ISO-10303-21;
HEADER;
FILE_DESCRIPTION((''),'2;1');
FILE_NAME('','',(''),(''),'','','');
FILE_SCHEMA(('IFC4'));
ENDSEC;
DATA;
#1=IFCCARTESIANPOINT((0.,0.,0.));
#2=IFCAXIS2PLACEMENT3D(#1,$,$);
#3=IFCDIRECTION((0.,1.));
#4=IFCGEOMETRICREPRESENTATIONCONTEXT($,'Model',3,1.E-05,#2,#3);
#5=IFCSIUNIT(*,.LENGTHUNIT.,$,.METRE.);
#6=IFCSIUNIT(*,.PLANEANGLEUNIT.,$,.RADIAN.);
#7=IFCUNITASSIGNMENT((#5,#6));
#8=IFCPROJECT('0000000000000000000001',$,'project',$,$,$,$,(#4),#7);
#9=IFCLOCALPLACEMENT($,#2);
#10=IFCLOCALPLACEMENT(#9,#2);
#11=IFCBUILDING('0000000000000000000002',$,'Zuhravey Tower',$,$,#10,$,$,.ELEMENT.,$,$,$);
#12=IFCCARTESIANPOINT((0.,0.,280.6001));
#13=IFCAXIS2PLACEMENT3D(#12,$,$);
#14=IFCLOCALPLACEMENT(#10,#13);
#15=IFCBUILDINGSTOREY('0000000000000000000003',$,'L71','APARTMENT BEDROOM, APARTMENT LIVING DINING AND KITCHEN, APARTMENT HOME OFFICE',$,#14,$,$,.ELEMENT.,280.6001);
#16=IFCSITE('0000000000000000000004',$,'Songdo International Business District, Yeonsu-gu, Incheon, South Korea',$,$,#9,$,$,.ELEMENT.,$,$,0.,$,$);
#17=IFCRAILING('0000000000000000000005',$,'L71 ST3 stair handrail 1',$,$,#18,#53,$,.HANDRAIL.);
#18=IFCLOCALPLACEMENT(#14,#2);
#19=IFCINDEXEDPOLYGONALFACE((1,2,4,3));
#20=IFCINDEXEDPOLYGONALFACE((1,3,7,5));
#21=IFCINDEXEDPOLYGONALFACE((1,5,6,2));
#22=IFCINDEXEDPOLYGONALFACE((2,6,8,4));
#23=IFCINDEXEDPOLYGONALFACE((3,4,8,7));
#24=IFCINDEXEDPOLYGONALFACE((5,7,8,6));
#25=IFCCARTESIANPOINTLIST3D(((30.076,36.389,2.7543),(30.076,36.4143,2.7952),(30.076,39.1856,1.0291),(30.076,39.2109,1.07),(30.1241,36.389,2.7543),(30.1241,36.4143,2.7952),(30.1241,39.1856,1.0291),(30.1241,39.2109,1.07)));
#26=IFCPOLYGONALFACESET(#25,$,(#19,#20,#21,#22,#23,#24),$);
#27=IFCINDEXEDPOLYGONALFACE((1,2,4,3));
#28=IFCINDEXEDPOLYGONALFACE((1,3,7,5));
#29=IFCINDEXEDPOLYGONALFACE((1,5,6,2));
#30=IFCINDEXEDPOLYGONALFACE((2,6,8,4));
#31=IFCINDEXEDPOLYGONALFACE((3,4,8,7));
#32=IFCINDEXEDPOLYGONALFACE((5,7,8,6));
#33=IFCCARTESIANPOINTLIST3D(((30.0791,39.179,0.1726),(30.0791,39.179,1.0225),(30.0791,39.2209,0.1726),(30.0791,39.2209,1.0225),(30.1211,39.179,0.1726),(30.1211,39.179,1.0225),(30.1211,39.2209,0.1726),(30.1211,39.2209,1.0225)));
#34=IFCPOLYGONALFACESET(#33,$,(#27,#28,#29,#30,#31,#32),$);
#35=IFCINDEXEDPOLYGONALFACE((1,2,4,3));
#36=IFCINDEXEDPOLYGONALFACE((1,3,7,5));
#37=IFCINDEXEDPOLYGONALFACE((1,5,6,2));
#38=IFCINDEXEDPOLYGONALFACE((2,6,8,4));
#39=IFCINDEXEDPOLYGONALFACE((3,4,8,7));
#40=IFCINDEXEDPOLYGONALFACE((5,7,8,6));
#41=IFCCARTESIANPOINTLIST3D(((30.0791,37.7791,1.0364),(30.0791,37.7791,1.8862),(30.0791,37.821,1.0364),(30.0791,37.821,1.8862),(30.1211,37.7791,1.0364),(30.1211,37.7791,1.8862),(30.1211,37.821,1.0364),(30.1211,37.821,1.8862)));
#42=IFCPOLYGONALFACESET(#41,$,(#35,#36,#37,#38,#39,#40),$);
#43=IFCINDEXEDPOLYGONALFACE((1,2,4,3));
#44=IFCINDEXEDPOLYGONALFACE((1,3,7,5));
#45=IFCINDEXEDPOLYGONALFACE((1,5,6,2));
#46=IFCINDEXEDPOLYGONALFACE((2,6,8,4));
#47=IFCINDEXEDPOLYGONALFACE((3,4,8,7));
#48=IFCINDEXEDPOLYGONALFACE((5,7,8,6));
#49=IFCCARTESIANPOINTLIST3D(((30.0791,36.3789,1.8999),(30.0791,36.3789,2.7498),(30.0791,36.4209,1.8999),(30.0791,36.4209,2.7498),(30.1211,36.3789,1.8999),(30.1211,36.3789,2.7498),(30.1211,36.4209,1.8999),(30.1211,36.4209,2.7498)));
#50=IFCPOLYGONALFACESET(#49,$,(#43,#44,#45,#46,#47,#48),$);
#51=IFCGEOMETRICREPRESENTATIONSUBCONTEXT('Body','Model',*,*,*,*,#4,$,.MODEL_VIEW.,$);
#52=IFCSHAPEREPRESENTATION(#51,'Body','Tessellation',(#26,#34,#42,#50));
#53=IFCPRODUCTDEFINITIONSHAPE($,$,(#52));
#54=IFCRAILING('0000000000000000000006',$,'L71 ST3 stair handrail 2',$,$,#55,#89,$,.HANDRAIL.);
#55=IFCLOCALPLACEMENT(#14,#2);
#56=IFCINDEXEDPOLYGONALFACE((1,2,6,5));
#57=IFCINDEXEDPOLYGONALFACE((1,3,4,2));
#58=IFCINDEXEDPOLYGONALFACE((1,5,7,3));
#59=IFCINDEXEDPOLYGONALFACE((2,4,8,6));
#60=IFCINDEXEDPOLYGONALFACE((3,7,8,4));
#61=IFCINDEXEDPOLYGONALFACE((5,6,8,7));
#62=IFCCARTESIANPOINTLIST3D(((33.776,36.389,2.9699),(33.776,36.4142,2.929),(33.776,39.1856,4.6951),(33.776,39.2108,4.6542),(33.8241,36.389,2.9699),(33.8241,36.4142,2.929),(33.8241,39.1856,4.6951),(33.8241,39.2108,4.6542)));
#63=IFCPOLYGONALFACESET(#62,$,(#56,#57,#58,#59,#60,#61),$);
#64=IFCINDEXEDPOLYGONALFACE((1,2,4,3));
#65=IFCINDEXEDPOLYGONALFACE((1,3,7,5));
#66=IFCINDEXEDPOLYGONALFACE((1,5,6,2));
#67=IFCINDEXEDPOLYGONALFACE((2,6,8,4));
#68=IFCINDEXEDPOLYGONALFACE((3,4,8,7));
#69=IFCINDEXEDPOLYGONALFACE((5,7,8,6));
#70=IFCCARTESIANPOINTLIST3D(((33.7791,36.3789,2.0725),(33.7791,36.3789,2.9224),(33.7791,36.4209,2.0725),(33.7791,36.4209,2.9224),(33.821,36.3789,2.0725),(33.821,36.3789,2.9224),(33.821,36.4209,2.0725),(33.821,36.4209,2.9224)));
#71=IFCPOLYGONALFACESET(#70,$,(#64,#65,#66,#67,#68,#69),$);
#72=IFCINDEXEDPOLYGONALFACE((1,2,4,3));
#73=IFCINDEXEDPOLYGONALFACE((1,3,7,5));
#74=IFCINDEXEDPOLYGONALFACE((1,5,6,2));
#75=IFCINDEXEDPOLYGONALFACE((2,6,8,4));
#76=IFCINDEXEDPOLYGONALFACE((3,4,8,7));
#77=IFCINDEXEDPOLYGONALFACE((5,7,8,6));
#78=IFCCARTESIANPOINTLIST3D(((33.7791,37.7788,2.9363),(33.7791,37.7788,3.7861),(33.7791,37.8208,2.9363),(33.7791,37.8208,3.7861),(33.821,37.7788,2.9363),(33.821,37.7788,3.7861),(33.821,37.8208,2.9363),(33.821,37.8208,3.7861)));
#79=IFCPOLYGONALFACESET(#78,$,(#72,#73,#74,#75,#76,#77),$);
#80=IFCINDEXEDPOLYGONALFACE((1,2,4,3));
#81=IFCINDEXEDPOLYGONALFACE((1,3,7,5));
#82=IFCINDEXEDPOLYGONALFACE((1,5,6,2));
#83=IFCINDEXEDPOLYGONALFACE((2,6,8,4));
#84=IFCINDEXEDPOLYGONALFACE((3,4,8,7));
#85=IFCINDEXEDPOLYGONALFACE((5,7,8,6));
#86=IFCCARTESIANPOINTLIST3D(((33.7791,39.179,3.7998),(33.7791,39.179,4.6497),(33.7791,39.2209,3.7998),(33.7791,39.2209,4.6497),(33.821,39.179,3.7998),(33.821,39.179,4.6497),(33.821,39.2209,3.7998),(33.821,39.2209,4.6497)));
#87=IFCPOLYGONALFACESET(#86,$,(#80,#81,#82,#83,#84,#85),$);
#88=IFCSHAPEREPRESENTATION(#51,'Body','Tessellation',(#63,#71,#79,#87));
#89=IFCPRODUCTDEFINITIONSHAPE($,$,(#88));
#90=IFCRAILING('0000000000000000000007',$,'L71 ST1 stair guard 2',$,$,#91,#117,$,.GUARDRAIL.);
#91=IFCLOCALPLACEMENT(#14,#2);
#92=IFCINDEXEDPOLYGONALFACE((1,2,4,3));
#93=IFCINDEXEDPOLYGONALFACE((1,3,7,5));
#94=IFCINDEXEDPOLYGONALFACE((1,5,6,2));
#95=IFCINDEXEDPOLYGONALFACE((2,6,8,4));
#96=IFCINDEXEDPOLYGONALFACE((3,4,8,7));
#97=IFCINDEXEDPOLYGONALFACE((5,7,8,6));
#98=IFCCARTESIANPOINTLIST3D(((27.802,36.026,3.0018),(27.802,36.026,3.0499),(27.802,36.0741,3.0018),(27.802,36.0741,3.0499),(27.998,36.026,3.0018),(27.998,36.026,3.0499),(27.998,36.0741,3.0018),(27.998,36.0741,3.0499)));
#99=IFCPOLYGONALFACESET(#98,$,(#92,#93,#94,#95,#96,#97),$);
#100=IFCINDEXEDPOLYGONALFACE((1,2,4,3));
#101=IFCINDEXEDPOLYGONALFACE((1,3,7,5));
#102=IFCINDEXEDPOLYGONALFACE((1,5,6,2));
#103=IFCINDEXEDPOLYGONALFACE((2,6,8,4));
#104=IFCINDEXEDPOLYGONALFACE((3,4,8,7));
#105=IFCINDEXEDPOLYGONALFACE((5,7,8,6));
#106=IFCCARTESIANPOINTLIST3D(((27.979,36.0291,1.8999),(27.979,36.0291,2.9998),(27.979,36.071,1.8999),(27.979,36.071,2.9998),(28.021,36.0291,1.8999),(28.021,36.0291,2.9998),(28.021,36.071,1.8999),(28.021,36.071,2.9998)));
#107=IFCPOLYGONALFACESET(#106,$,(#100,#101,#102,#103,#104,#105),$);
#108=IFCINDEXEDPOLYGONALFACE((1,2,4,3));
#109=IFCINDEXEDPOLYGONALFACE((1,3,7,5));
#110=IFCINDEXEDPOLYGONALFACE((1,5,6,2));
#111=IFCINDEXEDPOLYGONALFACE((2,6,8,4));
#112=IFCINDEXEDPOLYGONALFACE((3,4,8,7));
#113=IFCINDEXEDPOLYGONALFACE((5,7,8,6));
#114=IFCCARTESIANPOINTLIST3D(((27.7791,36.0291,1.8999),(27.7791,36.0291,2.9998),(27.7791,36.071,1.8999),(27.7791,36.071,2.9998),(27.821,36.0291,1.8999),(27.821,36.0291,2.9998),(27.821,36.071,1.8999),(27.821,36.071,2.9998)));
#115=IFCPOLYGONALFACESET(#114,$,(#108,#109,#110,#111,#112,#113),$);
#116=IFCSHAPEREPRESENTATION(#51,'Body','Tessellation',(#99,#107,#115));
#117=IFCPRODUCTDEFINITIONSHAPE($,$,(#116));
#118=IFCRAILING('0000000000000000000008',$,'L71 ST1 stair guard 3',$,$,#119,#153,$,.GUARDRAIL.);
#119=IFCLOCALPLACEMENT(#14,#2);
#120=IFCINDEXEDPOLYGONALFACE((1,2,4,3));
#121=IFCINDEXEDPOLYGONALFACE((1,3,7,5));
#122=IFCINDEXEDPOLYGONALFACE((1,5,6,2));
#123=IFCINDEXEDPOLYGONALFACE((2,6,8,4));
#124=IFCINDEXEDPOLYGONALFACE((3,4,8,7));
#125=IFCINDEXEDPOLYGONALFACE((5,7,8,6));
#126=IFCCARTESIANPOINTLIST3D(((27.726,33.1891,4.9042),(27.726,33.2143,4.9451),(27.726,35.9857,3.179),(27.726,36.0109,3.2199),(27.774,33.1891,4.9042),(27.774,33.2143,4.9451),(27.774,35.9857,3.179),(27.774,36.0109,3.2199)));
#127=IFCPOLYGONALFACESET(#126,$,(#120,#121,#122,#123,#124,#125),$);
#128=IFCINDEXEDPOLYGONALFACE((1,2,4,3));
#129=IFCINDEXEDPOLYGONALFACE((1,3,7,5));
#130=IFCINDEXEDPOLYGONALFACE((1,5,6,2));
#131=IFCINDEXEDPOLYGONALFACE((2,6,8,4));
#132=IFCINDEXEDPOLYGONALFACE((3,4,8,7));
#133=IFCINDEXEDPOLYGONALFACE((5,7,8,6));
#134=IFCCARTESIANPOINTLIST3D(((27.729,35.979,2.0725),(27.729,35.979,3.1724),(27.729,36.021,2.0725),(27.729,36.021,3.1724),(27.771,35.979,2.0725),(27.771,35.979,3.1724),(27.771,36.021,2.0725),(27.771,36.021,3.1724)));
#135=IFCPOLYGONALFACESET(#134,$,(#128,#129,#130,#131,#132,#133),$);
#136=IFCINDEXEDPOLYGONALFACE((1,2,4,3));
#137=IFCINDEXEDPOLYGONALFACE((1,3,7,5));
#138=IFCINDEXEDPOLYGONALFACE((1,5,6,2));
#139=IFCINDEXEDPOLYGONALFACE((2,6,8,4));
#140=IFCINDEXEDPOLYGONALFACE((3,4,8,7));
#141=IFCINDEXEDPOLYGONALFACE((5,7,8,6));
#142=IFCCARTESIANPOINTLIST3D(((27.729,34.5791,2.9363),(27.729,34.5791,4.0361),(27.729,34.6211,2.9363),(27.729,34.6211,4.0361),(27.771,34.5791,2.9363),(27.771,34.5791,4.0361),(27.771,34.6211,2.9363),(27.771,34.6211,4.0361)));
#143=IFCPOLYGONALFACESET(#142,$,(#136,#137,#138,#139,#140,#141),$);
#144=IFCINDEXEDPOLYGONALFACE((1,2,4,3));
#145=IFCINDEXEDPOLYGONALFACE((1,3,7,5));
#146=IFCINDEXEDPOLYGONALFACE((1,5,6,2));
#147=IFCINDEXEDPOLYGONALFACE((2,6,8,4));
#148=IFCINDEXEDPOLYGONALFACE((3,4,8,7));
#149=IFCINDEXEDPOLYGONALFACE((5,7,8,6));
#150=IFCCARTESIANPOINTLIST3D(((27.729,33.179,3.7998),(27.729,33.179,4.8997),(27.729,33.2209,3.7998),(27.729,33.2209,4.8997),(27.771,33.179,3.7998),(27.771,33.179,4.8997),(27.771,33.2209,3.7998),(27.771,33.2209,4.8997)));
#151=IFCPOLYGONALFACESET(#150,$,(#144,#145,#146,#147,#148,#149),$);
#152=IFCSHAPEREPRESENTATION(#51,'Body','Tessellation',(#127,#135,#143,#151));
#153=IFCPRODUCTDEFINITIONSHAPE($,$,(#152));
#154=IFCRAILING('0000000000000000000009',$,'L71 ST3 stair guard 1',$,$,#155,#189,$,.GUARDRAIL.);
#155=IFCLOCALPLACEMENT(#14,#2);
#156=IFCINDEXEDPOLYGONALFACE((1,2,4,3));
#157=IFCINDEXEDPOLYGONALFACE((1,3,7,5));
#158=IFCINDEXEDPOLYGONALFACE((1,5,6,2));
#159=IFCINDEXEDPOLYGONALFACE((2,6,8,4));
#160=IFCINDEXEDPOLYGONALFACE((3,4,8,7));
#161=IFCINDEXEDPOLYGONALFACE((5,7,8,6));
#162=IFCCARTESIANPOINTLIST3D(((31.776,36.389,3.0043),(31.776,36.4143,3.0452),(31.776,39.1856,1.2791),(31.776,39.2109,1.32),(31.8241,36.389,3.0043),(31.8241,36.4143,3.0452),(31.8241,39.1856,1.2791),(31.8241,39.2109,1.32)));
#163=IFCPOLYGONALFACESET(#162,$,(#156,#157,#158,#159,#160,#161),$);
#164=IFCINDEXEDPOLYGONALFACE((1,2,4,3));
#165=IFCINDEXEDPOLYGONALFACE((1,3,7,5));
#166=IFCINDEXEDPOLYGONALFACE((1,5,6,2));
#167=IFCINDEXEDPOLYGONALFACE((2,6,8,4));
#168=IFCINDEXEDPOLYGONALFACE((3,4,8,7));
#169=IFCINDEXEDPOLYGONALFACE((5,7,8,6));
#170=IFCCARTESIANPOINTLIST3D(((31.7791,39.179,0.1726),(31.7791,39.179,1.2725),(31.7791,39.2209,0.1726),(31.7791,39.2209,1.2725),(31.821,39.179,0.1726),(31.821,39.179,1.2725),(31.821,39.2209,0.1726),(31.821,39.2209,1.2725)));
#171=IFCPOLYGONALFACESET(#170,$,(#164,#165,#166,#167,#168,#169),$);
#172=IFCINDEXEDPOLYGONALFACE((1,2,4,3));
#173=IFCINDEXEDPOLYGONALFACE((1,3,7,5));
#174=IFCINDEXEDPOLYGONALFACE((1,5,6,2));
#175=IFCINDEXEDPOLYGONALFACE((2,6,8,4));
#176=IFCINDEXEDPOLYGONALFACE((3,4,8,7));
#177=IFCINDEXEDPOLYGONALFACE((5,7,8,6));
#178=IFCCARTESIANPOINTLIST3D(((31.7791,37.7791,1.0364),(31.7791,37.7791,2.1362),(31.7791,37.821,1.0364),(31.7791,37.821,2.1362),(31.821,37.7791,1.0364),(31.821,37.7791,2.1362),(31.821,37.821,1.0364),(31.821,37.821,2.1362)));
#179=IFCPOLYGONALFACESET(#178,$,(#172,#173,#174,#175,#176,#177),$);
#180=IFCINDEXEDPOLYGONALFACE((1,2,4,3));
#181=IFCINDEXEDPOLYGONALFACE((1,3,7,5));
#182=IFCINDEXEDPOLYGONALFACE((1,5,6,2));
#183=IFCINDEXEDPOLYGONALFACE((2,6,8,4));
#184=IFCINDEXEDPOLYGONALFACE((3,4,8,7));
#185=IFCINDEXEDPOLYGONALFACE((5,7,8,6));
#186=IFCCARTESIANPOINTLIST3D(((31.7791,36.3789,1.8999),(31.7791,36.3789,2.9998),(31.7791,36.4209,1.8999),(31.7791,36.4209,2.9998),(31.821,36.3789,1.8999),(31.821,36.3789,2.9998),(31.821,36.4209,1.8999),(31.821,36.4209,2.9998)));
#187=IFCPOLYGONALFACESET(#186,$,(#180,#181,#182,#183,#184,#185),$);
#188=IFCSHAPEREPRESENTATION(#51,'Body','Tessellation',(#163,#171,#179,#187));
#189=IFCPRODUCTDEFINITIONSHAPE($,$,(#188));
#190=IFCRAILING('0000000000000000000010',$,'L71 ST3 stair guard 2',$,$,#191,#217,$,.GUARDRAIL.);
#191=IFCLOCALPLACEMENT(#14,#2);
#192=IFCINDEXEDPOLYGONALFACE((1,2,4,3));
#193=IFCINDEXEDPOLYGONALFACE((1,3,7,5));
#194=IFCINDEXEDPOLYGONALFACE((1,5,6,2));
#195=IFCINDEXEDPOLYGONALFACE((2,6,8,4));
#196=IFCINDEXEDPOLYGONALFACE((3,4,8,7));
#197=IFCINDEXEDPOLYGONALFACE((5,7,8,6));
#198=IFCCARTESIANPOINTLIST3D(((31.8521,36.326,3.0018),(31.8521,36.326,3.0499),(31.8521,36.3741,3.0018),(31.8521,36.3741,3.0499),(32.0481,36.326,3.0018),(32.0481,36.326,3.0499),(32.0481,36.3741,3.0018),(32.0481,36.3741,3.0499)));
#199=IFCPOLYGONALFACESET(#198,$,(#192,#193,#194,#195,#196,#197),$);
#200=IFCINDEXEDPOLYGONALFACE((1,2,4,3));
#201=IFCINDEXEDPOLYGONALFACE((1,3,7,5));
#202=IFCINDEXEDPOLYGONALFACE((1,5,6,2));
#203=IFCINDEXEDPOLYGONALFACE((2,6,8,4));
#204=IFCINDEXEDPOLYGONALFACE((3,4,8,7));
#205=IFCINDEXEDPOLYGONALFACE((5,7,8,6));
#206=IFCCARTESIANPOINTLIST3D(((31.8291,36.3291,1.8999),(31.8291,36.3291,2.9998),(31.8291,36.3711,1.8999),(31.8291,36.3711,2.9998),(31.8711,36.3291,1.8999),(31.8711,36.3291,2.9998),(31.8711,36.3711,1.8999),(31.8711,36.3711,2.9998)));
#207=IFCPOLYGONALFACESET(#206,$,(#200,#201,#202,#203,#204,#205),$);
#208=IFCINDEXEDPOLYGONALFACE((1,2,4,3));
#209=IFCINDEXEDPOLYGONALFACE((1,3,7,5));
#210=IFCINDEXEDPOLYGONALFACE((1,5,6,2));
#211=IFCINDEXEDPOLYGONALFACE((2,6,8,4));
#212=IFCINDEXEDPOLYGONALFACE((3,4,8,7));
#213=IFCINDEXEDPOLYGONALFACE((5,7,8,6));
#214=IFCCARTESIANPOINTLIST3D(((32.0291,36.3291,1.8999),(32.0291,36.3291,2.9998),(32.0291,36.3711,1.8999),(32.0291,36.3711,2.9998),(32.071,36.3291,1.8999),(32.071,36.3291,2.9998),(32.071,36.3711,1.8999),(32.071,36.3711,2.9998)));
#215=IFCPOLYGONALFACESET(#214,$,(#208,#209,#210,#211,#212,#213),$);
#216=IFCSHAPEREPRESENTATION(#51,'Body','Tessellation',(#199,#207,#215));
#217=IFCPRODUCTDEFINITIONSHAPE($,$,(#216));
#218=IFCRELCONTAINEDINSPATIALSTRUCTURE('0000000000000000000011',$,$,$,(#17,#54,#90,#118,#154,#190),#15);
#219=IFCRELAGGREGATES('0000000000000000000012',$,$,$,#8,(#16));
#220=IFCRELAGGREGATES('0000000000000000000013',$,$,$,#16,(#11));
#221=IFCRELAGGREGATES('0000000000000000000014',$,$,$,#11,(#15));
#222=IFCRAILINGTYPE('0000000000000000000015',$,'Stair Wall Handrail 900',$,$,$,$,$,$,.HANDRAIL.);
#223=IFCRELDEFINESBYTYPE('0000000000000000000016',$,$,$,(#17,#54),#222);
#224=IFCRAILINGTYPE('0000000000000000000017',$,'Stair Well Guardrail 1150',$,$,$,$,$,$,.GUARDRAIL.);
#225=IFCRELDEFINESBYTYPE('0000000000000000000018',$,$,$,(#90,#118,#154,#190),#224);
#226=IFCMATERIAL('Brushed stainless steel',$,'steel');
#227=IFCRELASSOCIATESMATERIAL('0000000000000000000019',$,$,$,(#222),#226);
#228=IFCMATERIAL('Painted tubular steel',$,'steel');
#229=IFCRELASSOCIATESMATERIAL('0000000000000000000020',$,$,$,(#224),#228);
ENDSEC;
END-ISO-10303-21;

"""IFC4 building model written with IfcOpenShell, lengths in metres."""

from ifc_helpers import new_model, si_unit, direction, frame, origin, origin_2d, place, context, subcontext, project, spatial, rectangle, extrude, material, type_object, element, save


model = new_model("IFC4")

# Units and contexts
model_context = context("Model", 3, precision=1e-05, world=origin(), true_north=direction((0.0, 1.0)))
body_context = subcontext(model_context, "Body", "Model", "MODEL_VIEW")
ifc_project = project(units=[si_unit("LENGTHUNIT", "METRE"), si_unit("PLANEANGLEUNIT", "RADIAN")], contexts=[model_context])

# Site, building, storey
site_placement = place(None, origin())
site = spatial("IfcSite", under=ifc_project, at=site_placement, Name="Songdo International Business District, Yeonsu-gu, Incheon, South Korea", CompositionType="ELEMENT", RefElevation=0.0)
building_placement = place(site_placement, origin())
building = spatial("IfcBuilding", under=site, at=building_placement, Name="Zuhravey Tower", CompositionType="ELEMENT")
storey_placement = place(building_placement, frame((0.0, 0.0, 280.6001)))
storey = spatial("IfcBuildingStorey", under=building, at=storey_placement, Name="L71", Description="APARTMENT BEDROOM, APARTMENT LIVING DINING AND KITCHEN, APARTMENT HOME OFFICE", CompositionType="ELEMENT", Elevation=280.6001)

# Railings
ifc_material_1 = material(Name="Brushed stainless steel", Category="steel")
railing_type_1 = type_object("IfcRailingType", Name="Stair Wall Handrail 900", PredefinedType="HANDRAIL", material=ifc_material_1)
for number, where, name in (
    (1, (30.1001, 39.2, 0.1726), "L71 ST3 stair handrail 1"),
):
    element("IfcRailing", number, at=place(storey_placement, frame(where)), inside=storey, type_object=railing_type_1, Name=name, PredefinedType="HANDRAIL", context=body_context, shape_type="SweptSolid", body=[
        extrude(rectangle(XDim=0.0481, YDim=0.0481, at=origin_2d()), frame((0.0, -0.0017, 0.877), z_axis=(0.0, -0.85109, 0.52502), x_axis=(1.0, 0.0, 0.0)), (0.0, 0.0, 1.0), 3.2859),
        extrude(rectangle(XDim=0.042, YDim=0.042, at=origin_2d()), origin(), (0.0, 0.0, 1.0), 0.8499),
        extrude(rectangle(XDim=0.042, YDim=0.042, at=origin_2d()), frame((0.0, -1.3999, 0.8638)), (0.0, 0.0, 1.0), 0.8499),
        extrude(rectangle(XDim=0.042, YDim=0.042, at=origin_2d()), frame((0.0, -2.8, 1.7273)), (0.0, 0.0, 1.0), 0.8499),
    ])
railing_1_placement = place(storey_placement, frame((33.8, 36.3999, 2.0725)))
element("IfcRailing", 2, at=railing_1_placement, inside=storey, type_object=railing_type_1, Name="L71 ST3 stair handrail 2", PredefinedType="HANDRAIL", context=body_context, shape_type="SweptSolid", body=[
    extrude(rectangle(XDim=0.0481, YDim=0.0481, at=origin_2d()), frame((0.0, 0.0017, 0.877), z_axis=(0.0, 0.85109, 0.52502), x_axis=(-1.0, 0.0, 0.0)), (0.0, 0.0, 1.0), 3.2859),
    extrude(rectangle(XDim=0.042, YDim=0.042, at=origin_2d()), origin(), (0.0, 0.0, 1.0), 0.8499),
    extrude(rectangle(XDim=0.042, YDim=0.042, at=origin_2d()), frame((0.0, 1.3999, 0.8638)), (0.0, 0.0, 1.0), 0.8499),
    extrude(rectangle(XDim=0.042, YDim=0.042, at=origin_2d()), frame((0.0, 2.8, 1.7273)), (0.0, 0.0, 1.0), 0.8499),
])
ifc_material_2 = material(Name="Painted tubular steel", Category="steel")
railing_type_2 = type_object("IfcRailingType", Name="Stair Well Guardrail 1150", PredefinedType="GUARDRAIL", material=ifc_material_2)
railing_2_placement = place(storey_placement, frame((28.0, 36.05, 1.8999)))
element("IfcRailing", 3, at=railing_2_placement, inside=storey, type_object=railing_type_2, Name="L71 ST1 stair guard 2", PredefinedType="GUARDRAIL", context=body_context, shape_type="SweptSolid", body=[
    extrude(rectangle(XDim=0.0481, YDim=0.0481, at=origin_2d()), frame((-0.002, 0.0, 1.126), z_axis=(-1.0, 0.0, 0.0), x_axis=(0.0, -1.0, 0.0)), (0.0, 0.0, 1.0), 0.196),
    extrude(rectangle(XDim=0.042, YDim=0.042, at=origin_2d()), origin(), (0.0, 0.0, 1.0), 1.0999),
    extrude(rectangle(XDim=0.042, YDim=0.042, at=origin_2d()), frame((-0.2, 0.0, 0.0)), (0.0, 0.0, 1.0), 1.0999),
])
for number, where, name in (
    (4, (27.75, 36.0, 2.0725), "L71 ST1 stair guard 3"),
    (5, (31.8, 39.2, 0.1726), "L71 ST3 stair guard 1"),
):
    element("IfcRailing", number, at=place(storey_placement, frame(where)), inside=storey, type_object=railing_type_2, Name=name, PredefinedType="GUARDRAIL", context=body_context, shape_type="SweptSolid", body=[
        extrude(rectangle(XDim=0.0481, YDim=0.0481, at=origin_2d()), frame((0.0, -0.0017, 1.127), z_axis=(0.0, -0.85109, 0.52502), x_axis=(1.0, 0.0, 0.0)), (0.0, 0.0, 1.0), 3.2859),
        extrude(rectangle(XDim=0.042, YDim=0.042, at=origin_2d()), origin(), (0.0, 0.0, 1.0), 1.0999),
        extrude(rectangle(XDim=0.042, YDim=0.042, at=origin_2d()), frame((0.0, -1.3999, 0.8638)), (0.0, 0.0, 1.0), 1.0999),
        extrude(rectangle(XDim=0.042, YDim=0.042, at=origin_2d()), frame((0.0, -2.8, 1.7273)), (0.0, 0.0, 1.0), 1.0999),
    ])
railing_3_placement = place(storey_placement, frame((31.8501, 36.3501, 1.8999)))
element("IfcRailing", 6, at=railing_3_placement, inside=storey, type_object=railing_type_2, Name="L71 ST3 stair guard 2", PredefinedType="GUARDRAIL", context=body_context, shape_type="SweptSolid", body=[
    extrude(rectangle(XDim=0.0481, YDim=0.0481, at=origin_2d()), frame((0.002, 0.0, 1.126), z_axis=(1.0, 0.0, 0.0), x_axis=(0.0, 1.0, 0.0)), (0.0, 0.0, 1.0), 0.196),
    extrude(rectangle(XDim=0.042, YDim=0.042, at=origin_2d()), origin(), (0.0, 0.0, 1.0), 1.0999),
    extrude(rectangle(XDim=0.042, YDim=0.042, at=origin_2d()), frame((0.2, 0.0, 0.0)), (0.0, 0.0, 1.0), 1.0999),
])

save(model, "model.ifc")
